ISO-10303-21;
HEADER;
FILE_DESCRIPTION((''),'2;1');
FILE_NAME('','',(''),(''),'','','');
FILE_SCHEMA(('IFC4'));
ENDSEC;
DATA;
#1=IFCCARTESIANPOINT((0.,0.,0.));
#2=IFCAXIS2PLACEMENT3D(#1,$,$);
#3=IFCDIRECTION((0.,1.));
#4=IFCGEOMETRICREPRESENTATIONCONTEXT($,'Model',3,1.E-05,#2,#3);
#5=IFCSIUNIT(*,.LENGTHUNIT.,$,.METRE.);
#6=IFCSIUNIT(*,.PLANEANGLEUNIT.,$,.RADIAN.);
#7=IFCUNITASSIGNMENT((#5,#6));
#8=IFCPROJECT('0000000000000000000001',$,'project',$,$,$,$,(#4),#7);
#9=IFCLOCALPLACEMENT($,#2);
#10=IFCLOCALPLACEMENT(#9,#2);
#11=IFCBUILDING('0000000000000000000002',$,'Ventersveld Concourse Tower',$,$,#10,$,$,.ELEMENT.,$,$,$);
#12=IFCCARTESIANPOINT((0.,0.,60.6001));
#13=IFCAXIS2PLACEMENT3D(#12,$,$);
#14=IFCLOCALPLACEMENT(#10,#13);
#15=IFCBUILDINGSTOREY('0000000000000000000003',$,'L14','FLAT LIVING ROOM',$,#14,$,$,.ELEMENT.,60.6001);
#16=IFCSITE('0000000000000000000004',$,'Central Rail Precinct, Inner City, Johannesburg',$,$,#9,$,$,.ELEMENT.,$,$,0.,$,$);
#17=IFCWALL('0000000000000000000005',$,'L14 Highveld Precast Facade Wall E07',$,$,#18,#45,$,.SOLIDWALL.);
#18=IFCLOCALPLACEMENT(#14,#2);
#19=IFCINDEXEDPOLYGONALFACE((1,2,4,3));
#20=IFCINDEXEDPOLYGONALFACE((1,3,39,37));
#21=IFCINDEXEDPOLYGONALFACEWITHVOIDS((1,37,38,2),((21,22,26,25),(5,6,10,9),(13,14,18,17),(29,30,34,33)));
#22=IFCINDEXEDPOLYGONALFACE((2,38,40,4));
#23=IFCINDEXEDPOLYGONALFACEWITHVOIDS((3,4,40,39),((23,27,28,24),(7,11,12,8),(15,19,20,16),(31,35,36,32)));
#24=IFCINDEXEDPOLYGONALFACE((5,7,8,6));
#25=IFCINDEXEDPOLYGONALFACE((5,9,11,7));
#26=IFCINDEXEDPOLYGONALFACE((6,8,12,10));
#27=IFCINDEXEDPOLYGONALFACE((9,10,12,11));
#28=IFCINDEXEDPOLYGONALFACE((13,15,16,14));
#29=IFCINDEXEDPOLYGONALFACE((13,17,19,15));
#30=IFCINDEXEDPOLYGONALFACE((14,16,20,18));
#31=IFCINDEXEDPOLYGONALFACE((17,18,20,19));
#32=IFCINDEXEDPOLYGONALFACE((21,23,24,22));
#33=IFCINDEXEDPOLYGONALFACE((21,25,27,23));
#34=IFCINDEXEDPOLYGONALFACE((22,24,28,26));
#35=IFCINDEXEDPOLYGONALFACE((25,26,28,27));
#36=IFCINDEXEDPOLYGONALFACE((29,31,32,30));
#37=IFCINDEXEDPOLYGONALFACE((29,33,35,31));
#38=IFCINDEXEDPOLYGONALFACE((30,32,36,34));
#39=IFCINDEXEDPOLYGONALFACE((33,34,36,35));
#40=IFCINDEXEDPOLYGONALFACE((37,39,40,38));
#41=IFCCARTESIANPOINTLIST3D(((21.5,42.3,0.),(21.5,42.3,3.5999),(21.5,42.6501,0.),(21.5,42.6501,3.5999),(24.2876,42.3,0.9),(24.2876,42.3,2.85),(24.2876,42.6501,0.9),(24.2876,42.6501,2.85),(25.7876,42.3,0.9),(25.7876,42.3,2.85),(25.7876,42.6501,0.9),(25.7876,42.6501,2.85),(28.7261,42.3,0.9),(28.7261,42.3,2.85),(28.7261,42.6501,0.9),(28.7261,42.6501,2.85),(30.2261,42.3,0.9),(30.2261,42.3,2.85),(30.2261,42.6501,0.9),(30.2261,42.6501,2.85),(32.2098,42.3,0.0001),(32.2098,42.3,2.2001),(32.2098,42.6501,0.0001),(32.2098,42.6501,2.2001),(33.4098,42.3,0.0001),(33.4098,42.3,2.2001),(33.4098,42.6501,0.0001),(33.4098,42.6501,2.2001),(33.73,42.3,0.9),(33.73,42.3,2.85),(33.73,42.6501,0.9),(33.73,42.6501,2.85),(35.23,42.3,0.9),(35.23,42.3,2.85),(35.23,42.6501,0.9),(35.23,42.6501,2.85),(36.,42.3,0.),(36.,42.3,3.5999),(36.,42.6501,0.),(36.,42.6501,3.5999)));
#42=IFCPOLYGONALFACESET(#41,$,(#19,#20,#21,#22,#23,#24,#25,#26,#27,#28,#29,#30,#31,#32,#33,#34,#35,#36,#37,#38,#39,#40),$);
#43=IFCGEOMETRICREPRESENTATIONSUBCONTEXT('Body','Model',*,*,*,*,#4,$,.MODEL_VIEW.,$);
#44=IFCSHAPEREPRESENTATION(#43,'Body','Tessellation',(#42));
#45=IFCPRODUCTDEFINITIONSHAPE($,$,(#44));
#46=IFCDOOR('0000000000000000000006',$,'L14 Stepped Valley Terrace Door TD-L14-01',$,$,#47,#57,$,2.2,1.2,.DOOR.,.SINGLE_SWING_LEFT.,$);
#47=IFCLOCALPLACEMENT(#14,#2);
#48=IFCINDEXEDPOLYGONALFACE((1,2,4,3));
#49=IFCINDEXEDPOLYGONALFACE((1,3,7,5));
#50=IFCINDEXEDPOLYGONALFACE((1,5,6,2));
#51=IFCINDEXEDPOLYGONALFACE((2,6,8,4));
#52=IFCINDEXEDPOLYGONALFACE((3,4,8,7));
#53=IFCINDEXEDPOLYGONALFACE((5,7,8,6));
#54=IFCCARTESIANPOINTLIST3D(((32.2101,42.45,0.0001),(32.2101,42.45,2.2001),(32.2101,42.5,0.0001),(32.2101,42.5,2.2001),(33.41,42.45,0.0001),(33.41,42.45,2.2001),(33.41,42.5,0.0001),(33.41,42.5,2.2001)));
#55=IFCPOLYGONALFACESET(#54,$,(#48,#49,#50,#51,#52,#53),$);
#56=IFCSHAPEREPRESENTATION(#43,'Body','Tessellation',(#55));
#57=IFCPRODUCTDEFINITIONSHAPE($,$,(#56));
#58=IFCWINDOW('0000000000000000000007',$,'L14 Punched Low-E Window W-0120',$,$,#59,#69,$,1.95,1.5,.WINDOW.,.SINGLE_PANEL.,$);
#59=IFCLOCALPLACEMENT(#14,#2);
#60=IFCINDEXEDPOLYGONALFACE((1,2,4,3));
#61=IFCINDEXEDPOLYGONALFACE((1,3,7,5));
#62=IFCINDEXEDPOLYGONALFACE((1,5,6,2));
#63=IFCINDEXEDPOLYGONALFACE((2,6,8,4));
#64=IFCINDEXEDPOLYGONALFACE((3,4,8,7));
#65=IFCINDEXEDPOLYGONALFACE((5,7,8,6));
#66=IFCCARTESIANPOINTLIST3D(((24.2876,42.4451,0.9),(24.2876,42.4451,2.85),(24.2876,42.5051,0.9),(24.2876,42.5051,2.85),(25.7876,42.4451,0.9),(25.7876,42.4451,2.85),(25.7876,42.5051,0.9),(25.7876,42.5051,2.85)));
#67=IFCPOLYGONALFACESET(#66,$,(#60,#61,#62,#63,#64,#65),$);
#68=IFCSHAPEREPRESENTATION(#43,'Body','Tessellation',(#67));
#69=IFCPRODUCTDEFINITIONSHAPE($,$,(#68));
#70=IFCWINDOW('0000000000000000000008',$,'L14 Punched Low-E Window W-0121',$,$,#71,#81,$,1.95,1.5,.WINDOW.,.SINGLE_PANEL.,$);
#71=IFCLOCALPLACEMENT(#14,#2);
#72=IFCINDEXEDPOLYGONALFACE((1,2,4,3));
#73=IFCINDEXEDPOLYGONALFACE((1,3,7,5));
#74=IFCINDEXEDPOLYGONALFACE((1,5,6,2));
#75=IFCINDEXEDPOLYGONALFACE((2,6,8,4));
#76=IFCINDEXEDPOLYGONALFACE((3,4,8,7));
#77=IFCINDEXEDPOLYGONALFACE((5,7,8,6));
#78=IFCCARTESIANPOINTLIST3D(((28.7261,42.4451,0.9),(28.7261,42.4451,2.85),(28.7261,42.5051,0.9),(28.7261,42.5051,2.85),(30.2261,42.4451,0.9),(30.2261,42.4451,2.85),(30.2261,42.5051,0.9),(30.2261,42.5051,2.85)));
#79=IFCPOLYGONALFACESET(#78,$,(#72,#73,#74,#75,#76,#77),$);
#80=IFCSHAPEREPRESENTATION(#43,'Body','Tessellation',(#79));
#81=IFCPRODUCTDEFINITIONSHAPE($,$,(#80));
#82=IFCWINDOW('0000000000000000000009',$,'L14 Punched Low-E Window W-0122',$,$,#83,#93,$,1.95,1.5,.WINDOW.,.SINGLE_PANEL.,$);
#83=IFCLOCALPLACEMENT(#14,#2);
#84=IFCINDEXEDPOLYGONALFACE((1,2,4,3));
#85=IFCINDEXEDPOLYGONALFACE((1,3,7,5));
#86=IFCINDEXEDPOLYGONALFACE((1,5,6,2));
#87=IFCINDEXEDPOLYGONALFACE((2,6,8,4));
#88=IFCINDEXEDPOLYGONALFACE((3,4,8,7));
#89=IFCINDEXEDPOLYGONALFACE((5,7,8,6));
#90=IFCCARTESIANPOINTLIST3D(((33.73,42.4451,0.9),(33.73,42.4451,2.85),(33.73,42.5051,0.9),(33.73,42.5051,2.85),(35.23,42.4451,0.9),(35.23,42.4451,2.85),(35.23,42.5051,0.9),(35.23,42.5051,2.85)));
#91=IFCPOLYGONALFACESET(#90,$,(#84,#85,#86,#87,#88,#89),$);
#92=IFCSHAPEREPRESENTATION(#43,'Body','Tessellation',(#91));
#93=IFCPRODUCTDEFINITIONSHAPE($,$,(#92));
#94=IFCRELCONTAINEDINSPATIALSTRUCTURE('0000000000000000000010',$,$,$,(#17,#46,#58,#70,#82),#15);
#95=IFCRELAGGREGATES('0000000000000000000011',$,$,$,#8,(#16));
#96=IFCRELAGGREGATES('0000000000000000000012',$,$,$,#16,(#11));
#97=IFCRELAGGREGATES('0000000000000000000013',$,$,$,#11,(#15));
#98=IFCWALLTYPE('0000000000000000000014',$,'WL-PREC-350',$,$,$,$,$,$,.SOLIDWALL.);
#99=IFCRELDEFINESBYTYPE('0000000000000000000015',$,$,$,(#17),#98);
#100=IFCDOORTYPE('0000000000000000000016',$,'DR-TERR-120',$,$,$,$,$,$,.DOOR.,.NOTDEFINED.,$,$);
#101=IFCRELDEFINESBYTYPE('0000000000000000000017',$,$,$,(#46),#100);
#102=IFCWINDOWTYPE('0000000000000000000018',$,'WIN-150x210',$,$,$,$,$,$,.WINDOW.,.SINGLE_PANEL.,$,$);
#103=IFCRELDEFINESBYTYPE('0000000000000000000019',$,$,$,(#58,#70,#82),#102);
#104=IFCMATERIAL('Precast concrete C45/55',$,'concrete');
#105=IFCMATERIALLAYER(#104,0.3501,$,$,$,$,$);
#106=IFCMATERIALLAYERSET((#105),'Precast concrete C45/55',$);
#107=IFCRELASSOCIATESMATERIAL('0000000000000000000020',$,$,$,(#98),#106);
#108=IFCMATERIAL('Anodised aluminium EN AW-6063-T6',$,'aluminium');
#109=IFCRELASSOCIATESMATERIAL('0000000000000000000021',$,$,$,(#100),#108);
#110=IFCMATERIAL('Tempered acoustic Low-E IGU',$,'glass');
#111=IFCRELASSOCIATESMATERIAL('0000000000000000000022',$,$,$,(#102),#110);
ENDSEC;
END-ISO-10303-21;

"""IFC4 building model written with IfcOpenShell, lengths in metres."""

from ifc_helpers import new_model, si_unit, direction, frame, frame_2d, origin, place, context, subcontext, project, spatial, rectangle, extrude, material, layer, layer_set, type_object, element, fill, save


model = new_model("IFC4")

# Units and contexts
model_context = context("Model", 3, precision=1e-05, world=origin(), true_north=direction((0.0, 1.0)))
body_context = subcontext(model_context, "Body", "Model", "MODEL_VIEW")
ifc_project = project(units=[si_unit("LENGTHUNIT", "METRE"), si_unit("PLANEANGLEUNIT", "RADIAN")], contexts=[model_context])

# Site, building, storey
site_placement = place(None, origin())
site = spatial("IfcSite", under=ifc_project, at=site_placement, Name="Central Rail Precinct, Inner City, Johannesburg", CompositionType="ELEMENT", RefElevation=0.0)
building_placement = place(site_placement, origin())
building = spatial("IfcBuilding", under=site, at=building_placement, Name="Ventersveld Concourse Tower", CompositionType="ELEMENT")
storey_placement = place(building_placement, frame((0.0, 0.0, 60.6001)))
storey = spatial("IfcBuildingStorey", under=building, at=storey_placement, Name="L14", Description="FLAT LIVING ROOM", CompositionType="ELEMENT", Elevation=60.6001)

# Shared definitions
ifc_material_1 = material(Name="Precast concrete C45/55", Category="concrete")
ifc_layer_1 = layer(ifc_material_1, 0.3501)
ifc_layer_set_1 = layer_set([ifc_layer_1], Name="Precast concrete C45/55")
wall_type_1 = type_object("IfcWallType", Name="WL-PREC-350", PredefinedType="SOLIDWALL", material=ifc_layer_set_1)

# Wall, openings, door, windows
wall_1_placement = place(storey_placement, frame((36.0, 42.4751, 0.0), z_axis=(0.0, 0.0, 1.0), x_axis=(-1.0, 0.0, 0.0)))
wall_1 = element("IfcWall", 1, at=wall_1_placement, inside=storey, type_object=wall_type_1, Name="L14 Highveld Precast Facade Wall E07", PredefinedType="SOLIDWALL", context=body_context, shape_type="SweptSolid", body=[
    extrude(rectangle(XDim=14.5, YDim=0.3501, at=frame_2d((7.25, 0.0))), origin(), (0.0, 0.0, 1.0), 3.5999),
])
opening_1_placement = place(wall_1_placement, frame((2.5901, 0.0, 0.0)))
opening_1 = element("IfcOpeningElement", 2, at=opening_1_placement, cuts=wall_1, PredefinedType="OPENING", context=body_context, shape_type="SweptSolid", body=[
    extrude(rectangle(XDim=1.2, YDim=2.2, at=frame_2d((0.6001, 1.1001))), frame((0.0, 0.1851, 0.0), z_axis=(0.0, -1.0, 0.0), x_axis=(1.0, 0.0, 0.0)), (0.0, 0.0, 1.0), 0.3701),
])
opening_2_placement = place(wall_1_placement, frame((10.2124, 0.0, 0.8999)))
opening_2 = element("IfcOpeningElement", 3, at=opening_2_placement, cuts=wall_1, PredefinedType="OPENING", context=body_context, shape_type="SweptSolid", body=[
    extrude(rectangle(XDim=1.5, YDim=1.95, at=frame_2d((0.75, 0.9751))), frame((0.0, 0.1851, 0.0), z_axis=(0.0, -1.0, 0.0), x_axis=(1.0, 0.0, 0.0)), (0.0, 0.0, 1.0), 0.3701),
])
opening_3_placement = place(wall_1_placement, frame((5.7739, 0.0, 0.8999)))
opening_3 = element("IfcOpeningElement", 4, at=opening_3_placement, cuts=wall_1, PredefinedType="OPENING", context=body_context, shape_type="SweptSolid", body=[
    extrude(rectangle(XDim=1.5, YDim=1.95, at=frame_2d((0.75, 0.9751))), frame((0.0, 0.1851, 0.0), z_axis=(0.0, -1.0, 0.0), x_axis=(1.0, 0.0, 0.0)), (0.0, 0.0, 1.0), 0.3701),
])
opening_4_placement = place(wall_1_placement, frame((0.77, 0.0, 0.8999)))
opening_4 = element("IfcOpeningElement", 5, at=opening_4_placement, cuts=wall_1, PredefinedType="OPENING", context=body_context, shape_type="SweptSolid", body=[
    extrude(rectangle(XDim=1.5, YDim=1.95, at=frame_2d((0.75, 0.9751))), frame((0.0, 0.1851, 0.0), z_axis=(0.0, -1.0, 0.0), x_axis=(1.0, 0.0, 0.0)), (0.0, 0.0, 1.0), 0.3701),
])
ifc_material_2 = material(Name="Anodised aluminium EN AW-6063-T6", Category="aluminium")
door_type_1 = type_object("IfcDoorType", Name="DR-TERR-120", OperationType="NOTDEFINED", PredefinedType="DOOR", material=ifc_material_2)
door_1_placement = place(opening_1_placement, frame((1.2, 0.0, 0.0), z_axis=(0.0, 0.0, 1.0), x_axis=(-1.0, 0.0, 0.0)))
door_1 = element("IfcDoor", 6, at=door_1_placement, inside=storey, type_object=door_type_1, Name="L14 Stepped Valley Terrace Door TD-L14-01", OperationType="SINGLE_SWING_LEFT", OverallHeight=2.2, OverallWidth=1.2, PredefinedType="DOOR", context=body_context, shape_type="SweptSolid", body=[
    extrude(rectangle(XDim=1.2, YDim=2.2, at=frame_2d((0.6001, 1.1001))), frame((0.0, 0.0249, 0.0), z_axis=(0.0, -1.0, 0.0), x_axis=(1.0, 0.0, 0.0)), (0.0, 0.0, 1.0), 0.05),
])
fill(opening_1, door_1)
ifc_material_3 = material(Name="Tempered acoustic Low-E IGU", Category="glass")
window_type = type_object("IfcWindowType", Name="WIN-150x210", PartitioningType="SINGLE_PANEL", PredefinedType="WINDOW", material=ifc_material_3)
window_1_placement = place(opening_2_placement, origin())
window_1 = element("IfcWindow", 7, at=window_1_placement, inside=storey, type_object=window_type, Name="L14 Punched Low-E Window W-0120", OverallHeight=1.95, OverallWidth=1.5, PartitioningType="SINGLE_PANEL", PredefinedType="WINDOW", context=body_context, shape_type="SweptSolid", body=[
    extrude(rectangle(XDim=1.5, YDim=1.95, at=frame_2d((0.75, 0.9751))), frame((0.0, 0.03, 0.0), z_axis=(0.0, -1.0, 0.0), x_axis=(1.0, 0.0, 0.0)), (0.0, 0.0, 1.0), 0.0601),
])
fill(opening_2, window_1)
window_2_placement = place(opening_3_placement, origin())
window_2 = element("IfcWindow", 8, at=window_2_placement, inside=storey, type_object=window_type, Name="L14 Punched Low-E Window W-0121", OverallHeight=1.95, OverallWidth=1.5, PartitioningType="SINGLE_PANEL", PredefinedType="WINDOW", context=body_context, shape_type="SweptSolid", body=[
    extrude(rectangle(XDim=1.5, YDim=1.95, at=frame_2d((0.75, 0.9751))), frame((0.0, 0.03, 0.0), z_axis=(0.0, -1.0, 0.0), x_axis=(1.0, 0.0, 0.0)), (0.0, 0.0, 1.0), 0.0601),
])
fill(opening_3, window_2)
window_3_placement = place(opening_4_placement, origin())
window_3 = element("IfcWindow", 9, at=window_3_placement, inside=storey, type_object=window_type, Name="L14 Punched Low-E Window W-0122", OverallHeight=1.95, OverallWidth=1.5, PartitioningType="SINGLE_PANEL", PredefinedType="WINDOW", context=body_context, shape_type="SweptSolid", body=[
    extrude(rectangle(XDim=1.5, YDim=1.95, at=frame_2d((0.75, 0.9751))), frame((0.0, 0.03, 0.0), z_axis=(0.0, -1.0, 0.0), x_axis=(1.0, 0.0, 0.0)), (0.0, 0.0, 1.0), 0.0601),
])
fill(opening_4, window_3)

save(model, "model.ifc")
